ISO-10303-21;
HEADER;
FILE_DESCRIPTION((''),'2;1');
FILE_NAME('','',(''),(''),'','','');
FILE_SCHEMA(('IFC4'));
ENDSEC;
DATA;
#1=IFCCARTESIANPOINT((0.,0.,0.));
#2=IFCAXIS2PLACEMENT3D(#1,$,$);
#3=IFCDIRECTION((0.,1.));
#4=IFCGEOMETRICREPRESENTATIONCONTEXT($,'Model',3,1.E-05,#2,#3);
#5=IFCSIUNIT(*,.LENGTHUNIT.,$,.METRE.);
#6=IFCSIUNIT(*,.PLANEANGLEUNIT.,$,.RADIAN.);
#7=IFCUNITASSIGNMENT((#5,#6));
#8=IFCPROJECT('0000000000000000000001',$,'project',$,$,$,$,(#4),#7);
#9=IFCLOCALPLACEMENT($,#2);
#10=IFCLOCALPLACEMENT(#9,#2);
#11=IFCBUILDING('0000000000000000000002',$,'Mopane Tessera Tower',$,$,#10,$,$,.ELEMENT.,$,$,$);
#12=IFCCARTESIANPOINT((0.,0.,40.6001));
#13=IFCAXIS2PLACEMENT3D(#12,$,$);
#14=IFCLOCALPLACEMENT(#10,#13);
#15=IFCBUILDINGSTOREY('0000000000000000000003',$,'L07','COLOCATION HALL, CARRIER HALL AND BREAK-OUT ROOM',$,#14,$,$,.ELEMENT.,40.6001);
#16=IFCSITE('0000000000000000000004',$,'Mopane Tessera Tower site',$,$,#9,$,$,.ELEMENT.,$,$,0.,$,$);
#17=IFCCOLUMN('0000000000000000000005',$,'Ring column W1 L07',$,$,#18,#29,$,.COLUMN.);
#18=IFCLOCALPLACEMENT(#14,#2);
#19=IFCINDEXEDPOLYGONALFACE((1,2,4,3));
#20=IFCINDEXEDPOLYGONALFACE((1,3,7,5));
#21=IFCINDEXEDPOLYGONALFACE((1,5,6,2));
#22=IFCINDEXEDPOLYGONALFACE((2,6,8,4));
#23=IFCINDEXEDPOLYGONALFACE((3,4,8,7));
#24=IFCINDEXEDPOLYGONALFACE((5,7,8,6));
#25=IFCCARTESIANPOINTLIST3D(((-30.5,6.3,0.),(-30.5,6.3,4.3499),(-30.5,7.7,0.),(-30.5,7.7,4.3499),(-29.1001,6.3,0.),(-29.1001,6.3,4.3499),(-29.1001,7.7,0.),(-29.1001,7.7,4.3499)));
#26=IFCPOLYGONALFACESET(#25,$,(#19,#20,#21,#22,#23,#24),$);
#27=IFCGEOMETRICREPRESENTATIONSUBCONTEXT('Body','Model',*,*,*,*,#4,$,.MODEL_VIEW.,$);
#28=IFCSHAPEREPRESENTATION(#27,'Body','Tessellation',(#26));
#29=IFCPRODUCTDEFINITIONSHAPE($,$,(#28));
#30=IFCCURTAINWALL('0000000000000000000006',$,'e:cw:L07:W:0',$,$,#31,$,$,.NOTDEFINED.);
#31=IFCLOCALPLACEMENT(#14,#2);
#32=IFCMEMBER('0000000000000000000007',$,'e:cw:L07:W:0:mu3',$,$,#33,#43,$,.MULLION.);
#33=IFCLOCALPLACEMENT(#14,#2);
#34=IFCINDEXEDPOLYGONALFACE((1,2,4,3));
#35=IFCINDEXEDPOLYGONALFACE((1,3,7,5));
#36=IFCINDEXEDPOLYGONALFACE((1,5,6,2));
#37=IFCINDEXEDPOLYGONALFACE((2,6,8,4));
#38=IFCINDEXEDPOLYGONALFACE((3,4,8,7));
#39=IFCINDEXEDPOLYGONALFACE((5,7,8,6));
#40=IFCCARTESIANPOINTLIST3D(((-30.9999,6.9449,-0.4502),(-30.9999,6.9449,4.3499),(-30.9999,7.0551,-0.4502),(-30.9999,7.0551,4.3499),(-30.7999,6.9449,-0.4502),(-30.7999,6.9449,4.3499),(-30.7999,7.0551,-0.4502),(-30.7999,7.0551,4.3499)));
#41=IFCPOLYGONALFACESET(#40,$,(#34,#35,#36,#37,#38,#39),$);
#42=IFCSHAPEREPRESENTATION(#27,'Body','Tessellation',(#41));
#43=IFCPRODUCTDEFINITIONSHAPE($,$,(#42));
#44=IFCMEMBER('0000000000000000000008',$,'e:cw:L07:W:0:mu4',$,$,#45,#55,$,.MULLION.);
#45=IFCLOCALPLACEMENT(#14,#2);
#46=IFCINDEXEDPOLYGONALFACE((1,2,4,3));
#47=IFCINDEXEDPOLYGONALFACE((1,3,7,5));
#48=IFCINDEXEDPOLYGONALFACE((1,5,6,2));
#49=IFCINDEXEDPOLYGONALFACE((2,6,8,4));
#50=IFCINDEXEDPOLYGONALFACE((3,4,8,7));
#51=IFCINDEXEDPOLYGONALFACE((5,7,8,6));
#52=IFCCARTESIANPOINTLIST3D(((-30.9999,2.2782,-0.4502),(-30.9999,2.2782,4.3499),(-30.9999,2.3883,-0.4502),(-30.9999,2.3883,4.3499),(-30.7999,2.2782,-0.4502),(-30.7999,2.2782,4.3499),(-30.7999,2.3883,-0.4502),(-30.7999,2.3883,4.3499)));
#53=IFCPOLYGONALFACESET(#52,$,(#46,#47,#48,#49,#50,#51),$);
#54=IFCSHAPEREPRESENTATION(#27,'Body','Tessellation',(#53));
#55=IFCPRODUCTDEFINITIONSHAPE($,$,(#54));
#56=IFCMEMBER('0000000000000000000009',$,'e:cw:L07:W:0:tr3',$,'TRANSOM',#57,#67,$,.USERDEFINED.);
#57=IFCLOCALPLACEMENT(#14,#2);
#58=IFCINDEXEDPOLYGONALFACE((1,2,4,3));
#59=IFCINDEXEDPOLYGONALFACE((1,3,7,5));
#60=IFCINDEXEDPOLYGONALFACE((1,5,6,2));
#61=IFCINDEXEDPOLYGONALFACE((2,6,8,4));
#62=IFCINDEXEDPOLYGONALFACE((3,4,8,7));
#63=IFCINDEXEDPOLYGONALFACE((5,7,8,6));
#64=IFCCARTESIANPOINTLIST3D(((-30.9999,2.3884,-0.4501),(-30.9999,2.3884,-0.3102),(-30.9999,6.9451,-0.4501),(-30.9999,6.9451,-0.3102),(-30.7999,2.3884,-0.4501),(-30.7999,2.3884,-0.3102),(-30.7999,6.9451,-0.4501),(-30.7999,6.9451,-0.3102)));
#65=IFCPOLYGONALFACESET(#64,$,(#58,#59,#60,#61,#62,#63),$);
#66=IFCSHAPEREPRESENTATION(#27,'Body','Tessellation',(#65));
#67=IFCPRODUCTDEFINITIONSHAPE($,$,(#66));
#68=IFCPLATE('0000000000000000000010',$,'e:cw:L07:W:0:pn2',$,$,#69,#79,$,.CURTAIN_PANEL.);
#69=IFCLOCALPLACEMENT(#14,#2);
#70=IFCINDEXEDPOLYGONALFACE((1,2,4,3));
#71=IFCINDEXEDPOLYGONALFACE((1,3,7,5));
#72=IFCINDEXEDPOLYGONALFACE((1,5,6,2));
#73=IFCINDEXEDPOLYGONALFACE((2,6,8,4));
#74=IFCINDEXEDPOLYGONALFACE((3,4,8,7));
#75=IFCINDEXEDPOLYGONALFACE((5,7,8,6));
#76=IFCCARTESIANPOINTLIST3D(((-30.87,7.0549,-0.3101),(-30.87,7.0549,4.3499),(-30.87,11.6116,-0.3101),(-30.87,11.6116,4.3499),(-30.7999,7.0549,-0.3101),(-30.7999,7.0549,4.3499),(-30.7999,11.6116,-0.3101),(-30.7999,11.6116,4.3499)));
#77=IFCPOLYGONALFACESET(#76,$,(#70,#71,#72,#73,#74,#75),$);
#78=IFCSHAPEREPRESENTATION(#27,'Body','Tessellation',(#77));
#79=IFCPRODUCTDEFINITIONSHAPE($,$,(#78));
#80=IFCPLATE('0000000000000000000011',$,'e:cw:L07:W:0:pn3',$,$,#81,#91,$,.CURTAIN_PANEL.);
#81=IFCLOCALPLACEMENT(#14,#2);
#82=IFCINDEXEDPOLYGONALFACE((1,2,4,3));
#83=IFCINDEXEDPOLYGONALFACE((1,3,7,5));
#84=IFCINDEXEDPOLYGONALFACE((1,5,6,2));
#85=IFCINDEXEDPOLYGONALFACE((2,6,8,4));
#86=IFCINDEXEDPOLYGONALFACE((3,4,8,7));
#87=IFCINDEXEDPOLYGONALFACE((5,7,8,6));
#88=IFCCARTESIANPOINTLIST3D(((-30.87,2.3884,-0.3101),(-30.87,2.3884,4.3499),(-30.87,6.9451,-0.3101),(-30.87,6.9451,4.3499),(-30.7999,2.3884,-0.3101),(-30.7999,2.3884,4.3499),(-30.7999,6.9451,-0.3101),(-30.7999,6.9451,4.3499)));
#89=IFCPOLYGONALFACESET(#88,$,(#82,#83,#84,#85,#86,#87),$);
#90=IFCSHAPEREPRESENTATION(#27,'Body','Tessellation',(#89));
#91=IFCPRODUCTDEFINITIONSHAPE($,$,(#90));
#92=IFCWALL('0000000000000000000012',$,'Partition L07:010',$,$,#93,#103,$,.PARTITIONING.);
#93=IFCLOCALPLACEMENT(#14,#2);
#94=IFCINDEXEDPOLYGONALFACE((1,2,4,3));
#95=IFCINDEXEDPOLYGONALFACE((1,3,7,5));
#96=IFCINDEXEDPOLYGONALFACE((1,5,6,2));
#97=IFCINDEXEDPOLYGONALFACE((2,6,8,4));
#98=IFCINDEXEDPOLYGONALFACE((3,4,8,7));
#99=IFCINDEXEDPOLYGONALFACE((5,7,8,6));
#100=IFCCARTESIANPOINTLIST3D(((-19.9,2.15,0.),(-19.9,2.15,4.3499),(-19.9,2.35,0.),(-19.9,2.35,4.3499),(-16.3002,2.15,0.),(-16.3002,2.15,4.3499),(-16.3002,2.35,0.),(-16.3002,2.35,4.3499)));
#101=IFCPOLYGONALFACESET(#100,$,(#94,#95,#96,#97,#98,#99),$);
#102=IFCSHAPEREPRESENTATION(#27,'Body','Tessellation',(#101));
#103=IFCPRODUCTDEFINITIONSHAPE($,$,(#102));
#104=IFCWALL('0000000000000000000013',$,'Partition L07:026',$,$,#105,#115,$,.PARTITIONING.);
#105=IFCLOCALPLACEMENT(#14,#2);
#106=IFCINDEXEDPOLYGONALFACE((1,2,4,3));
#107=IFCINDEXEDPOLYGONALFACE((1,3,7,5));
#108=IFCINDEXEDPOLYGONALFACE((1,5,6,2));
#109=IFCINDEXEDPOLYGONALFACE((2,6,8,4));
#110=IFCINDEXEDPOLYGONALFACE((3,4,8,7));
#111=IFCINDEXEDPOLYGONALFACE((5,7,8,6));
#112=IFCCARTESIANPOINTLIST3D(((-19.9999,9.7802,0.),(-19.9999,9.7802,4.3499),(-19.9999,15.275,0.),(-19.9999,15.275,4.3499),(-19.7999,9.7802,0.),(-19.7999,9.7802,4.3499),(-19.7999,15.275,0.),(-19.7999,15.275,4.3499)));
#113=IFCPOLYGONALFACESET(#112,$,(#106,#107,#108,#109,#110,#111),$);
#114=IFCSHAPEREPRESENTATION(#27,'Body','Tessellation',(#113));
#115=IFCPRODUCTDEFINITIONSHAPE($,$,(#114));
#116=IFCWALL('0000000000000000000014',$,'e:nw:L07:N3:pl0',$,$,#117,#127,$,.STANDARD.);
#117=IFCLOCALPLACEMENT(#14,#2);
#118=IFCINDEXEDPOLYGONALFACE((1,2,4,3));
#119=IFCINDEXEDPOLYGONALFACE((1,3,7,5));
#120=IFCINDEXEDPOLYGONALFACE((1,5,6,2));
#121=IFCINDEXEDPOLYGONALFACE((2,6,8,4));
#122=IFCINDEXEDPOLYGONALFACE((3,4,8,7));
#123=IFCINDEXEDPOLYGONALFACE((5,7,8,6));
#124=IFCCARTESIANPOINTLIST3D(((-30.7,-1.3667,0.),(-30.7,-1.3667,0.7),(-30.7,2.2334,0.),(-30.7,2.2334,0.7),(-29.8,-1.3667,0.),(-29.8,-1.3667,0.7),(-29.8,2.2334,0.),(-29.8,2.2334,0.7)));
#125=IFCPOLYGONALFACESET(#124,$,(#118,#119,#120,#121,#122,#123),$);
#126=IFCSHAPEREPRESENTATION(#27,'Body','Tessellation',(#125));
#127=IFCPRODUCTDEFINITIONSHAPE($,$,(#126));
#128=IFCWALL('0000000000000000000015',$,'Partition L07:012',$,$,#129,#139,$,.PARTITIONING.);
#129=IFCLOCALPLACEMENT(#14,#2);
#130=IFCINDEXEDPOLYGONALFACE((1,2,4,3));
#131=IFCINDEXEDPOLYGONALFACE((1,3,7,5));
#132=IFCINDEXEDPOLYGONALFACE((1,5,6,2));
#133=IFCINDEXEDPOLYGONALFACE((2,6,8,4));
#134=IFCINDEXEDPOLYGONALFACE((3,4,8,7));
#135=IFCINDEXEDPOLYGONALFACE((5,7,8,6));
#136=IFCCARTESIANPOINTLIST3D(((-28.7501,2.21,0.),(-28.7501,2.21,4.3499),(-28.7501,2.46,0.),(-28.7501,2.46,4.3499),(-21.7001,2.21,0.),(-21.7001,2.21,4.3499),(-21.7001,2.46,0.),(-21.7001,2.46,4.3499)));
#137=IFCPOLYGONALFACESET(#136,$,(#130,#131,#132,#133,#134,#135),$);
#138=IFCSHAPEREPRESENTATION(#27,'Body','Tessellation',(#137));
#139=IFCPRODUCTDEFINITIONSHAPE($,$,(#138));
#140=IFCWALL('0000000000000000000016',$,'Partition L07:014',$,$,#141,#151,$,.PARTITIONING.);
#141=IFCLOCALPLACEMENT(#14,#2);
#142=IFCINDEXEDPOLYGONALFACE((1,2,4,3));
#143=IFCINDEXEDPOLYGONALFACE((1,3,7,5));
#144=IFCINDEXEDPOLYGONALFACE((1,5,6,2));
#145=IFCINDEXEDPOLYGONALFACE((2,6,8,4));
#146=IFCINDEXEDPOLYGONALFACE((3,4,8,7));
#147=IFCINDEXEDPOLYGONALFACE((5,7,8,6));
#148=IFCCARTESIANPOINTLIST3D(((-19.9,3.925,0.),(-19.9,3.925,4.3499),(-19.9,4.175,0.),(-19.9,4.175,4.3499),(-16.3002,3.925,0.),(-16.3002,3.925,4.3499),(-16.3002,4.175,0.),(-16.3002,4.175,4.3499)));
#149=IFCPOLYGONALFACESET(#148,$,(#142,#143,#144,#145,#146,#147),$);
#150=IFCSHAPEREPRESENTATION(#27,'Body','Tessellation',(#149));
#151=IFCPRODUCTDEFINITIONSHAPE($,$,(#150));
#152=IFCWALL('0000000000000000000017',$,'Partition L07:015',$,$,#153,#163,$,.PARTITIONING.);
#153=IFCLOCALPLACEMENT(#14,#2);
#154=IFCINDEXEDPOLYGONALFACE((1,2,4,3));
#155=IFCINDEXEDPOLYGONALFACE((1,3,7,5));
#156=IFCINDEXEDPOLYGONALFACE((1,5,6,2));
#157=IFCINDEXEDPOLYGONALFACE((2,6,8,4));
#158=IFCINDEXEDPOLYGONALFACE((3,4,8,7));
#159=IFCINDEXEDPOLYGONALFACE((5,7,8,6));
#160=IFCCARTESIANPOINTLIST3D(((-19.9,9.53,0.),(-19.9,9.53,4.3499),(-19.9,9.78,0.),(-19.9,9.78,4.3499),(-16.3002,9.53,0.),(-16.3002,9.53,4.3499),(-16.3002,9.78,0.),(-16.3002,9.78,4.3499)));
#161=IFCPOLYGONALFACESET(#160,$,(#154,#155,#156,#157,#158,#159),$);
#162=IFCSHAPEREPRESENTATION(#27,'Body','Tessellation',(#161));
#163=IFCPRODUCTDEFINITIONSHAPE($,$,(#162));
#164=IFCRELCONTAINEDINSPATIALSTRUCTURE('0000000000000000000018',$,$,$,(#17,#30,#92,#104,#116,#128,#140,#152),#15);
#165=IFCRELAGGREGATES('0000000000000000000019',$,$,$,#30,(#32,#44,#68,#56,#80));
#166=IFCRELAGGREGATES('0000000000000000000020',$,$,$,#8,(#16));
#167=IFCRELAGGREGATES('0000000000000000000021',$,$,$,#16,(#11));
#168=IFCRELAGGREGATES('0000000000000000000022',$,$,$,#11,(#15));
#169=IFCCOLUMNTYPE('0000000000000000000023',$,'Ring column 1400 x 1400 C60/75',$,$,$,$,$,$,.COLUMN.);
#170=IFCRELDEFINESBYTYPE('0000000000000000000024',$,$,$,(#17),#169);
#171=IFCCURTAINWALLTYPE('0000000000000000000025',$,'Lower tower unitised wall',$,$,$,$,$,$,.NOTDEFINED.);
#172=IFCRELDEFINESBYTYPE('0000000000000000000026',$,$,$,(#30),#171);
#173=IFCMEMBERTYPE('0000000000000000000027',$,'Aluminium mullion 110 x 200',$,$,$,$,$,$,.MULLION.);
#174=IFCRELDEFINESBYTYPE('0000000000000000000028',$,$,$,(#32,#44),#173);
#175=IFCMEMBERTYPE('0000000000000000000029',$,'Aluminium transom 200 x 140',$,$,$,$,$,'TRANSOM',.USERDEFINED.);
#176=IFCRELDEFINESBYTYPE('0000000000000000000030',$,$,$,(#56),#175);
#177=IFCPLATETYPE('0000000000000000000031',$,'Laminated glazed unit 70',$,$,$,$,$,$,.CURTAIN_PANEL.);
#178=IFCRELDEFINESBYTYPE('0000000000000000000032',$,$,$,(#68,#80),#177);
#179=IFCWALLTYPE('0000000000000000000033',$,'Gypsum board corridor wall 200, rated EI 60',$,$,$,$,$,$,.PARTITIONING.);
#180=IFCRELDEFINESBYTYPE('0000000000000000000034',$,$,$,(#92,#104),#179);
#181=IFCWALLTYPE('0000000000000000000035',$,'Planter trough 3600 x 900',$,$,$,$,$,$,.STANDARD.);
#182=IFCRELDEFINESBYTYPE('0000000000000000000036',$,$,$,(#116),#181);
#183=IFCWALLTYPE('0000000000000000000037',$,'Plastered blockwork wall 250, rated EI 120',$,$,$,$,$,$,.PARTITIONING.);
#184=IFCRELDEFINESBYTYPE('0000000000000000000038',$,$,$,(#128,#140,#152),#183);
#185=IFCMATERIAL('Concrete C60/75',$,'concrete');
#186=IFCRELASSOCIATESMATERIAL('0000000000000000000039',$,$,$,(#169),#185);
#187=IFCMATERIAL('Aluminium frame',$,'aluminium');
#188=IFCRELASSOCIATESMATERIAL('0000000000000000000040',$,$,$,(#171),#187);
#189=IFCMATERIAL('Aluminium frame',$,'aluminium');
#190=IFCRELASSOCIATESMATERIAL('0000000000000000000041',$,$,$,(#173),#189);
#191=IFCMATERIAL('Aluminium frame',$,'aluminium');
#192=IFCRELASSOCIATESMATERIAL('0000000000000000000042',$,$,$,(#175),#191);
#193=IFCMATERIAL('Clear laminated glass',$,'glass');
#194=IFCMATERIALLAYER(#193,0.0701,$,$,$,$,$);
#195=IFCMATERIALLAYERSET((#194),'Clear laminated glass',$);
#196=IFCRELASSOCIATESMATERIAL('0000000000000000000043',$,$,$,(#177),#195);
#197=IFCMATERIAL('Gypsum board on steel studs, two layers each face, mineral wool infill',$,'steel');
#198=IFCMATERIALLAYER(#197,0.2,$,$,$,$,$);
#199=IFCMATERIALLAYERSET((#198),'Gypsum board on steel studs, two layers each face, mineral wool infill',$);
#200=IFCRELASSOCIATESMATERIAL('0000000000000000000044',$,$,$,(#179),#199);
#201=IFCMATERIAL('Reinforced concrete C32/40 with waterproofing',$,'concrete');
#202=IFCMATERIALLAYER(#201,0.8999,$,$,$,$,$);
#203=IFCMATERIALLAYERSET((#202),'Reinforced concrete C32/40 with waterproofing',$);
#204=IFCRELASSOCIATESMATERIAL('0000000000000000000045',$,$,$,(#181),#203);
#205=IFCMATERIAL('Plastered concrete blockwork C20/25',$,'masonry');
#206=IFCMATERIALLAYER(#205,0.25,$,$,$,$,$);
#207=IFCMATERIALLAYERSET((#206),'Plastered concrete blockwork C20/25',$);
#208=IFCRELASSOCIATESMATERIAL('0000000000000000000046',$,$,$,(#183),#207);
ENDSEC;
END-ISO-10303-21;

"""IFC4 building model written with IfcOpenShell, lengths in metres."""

from ifc_helpers import new_model, si_unit, direction, frame, frame_2d, origin, origin_2d, place, context, subcontext, project, spatial, rectangle, extrude, material, layer, layer_set, material_profile, profile_set, type_object, element, aggregate, save


model = new_model("IFC4")

# Units and contexts
model_context = context("Model", 3, precision=1e-05, world=origin(), true_north=direction((0.0, 1.0)))
body_context = subcontext(model_context, "Body", "Model", "MODEL_VIEW")
ifc_project = project(units=[si_unit("LENGTHUNIT", "METRE"), si_unit("PLANEANGLEUNIT", "RADIAN")], contexts=[model_context])

# Site, building, storey
site_placement = place(None, origin())
site = spatial("IfcSite", under=ifc_project, at=site_placement, Name="Mopane Tessera Tower site", CompositionType="ELEMENT", RefElevation=0.0)
building_placement = place(site_placement, origin())
building = spatial("IfcBuilding", under=site, at=building_placement, Name="Mopane Tessera Tower", CompositionType="ELEMENT")
storey_placement = place(building_placement, frame((0.0, 0.0, 40.6001)))
storey = spatial("IfcBuildingStorey", under=building, at=storey_placement, Name="L07", Description="COLOCATION HALL, CARRIER HALL AND BREAK-OUT ROOM", CompositionType="ELEMENT", Elevation=40.6001)

# Column
ifc_material_1 = material(Name="Concrete C60/75", Category="concrete")
ifc_material_profile_1 = material_profile(ifc_material_1, rectangle(XDim=1.3999, YDim=1.3999, at=origin_2d()))
ifc_profile_set_1 = profile_set([ifc_material_profile_1], Name="Concrete C60/75")
column_type = type_object("IfcColumnType", Name="Ring column 1400 x 1400 C60/75", PredefinedType="COLUMN", material=ifc_profile_set_1)
column_placement = place(storey_placement, frame((-29.8, 7.0, 0.0), z_axis=(0.0, 0.0, 1.0), x_axis=(1.0, 0.0, 0.0)))
element("IfcColumn", 1, at=column_placement, inside=storey, type_object=column_type, Name="Ring column W1 L07", PredefinedType="COLUMN", context=body_context, shape_type="SweptSolid", body=[
    extrude(rectangle(XDim=1.3999, YDim=1.3999, at=origin_2d()), origin(), (0.0, 0.0, 1.0), 4.3499),
])

# Curtain wall, members, plates
ifc_material_2 = material(Name="Aluminium frame", Category="aluminium")
curtain_wall_type = type_object("IfcCurtainWallType", Name="Lower tower unitised wall", PredefinedType="NOTDEFINED", material=ifc_material_2)
curtain_wall_placement = place(storey_placement, origin())
curtain_wall = element("IfcCurtainWall", 2, at=curtain_wall_placement, inside=storey, type_object=curtain_wall_type, Name="e:cw:L07:W:0", PredefinedType="NOTDEFINED")
ifc_material_3 = material(Name="Aluminium frame", Category="aluminium")
ifc_material_profile_2 = material_profile(ifc_material_3, rectangle(XDim=0.1101, YDim=0.2, at=origin_2d()))
ifc_profile_set_2 = profile_set([ifc_material_profile_2], Name="Aluminium frame")
member_type_1 = type_object("IfcMemberType", Name="Aluminium mullion 110 x 200", PredefinedType="MULLION", material=ifc_profile_set_2)
member_1_placement = place(storey_placement, frame((-30.8999, 7.0, -0.4502), z_axis=(0.0, 0.0, 1.0), x_axis=(0.0, -1.0, 0.0)))
member_1 = element("IfcMember", 3, at=member_1_placement, type_object=member_type_1, Name="e:cw:L07:W:0:mu3", PredefinedType="MULLION", context=body_context, shape_type="SweptSolid", body=[
    extrude(rectangle(XDim=0.1101, YDim=0.2, at=origin_2d()), origin(), (0.0, 0.0, 1.0), 4.8),
])
member_2_placement = place(storey_placement, frame((-30.8999, 2.3333, -0.4502), z_axis=(0.0, 0.0, 1.0), x_axis=(0.0, -1.0, 0.0)))
member_2 = element("IfcMember", 4, at=member_2_placement, type_object=member_type_1, Name="e:cw:L07:W:0:mu4", PredefinedType="MULLION", context=body_context, shape_type="SweptSolid", body=[
    extrude(rectangle(XDim=0.1101, YDim=0.2, at=origin_2d()), origin(), (0.0, 0.0, 1.0), 4.8),
])
ifc_material_4 = material(Name="Aluminium frame", Category="aluminium")
ifc_material_profile_3 = material_profile(ifc_material_4, rectangle(XDim=0.2, YDim=0.1399, at=origin_2d()))
ifc_profile_set_3 = profile_set([ifc_material_profile_3], Name="Aluminium frame")
member_type_2 = type_object("IfcMemberType", Name="Aluminium transom 200 x 140", ElementType="TRANSOM", PredefinedType="USERDEFINED", material=ifc_profile_set_3)
member_3_placement = place(storey_placement, frame((-30.8999, 6.9451, -0.3801), z_axis=(0.0, -1.0, 0.0), x_axis=(1.0, 0.0, 0.0)))
member_3 = element("IfcMember", 5, at=member_3_placement, type_object=member_type_2, Name="e:cw:L07:W:0:tr3", ObjectType="TRANSOM", PredefinedType="USERDEFINED", context=body_context, shape_type="SweptSolid", body=[
    extrude(rectangle(XDim=0.2, YDim=0.1399, at=origin_2d()), origin(), (0.0, 0.0, 1.0), 4.5566),
])
ifc_material_5 = material(Name="Clear laminated glass", Category="glass")
ifc_layer_1 = layer(ifc_material_5, 0.0701)
ifc_layer_set_1 = layer_set([ifc_layer_1], Name="Clear laminated glass")
plate_type = type_object("IfcPlateType", Name="Laminated glazed unit 70", PredefinedType="CURTAIN_PANEL", material=ifc_layer_set_1)
plate_1_placement = place(storey_placement, frame((-30.835, 9.3333, -0.3101), z_axis=(0.0, 0.0, 1.0), x_axis=(0.0, -1.0, 0.0)))
plate_1 = element("IfcPlate", 6, at=plate_1_placement, type_object=plate_type, Name="e:cw:L07:W:0:pn2", PredefinedType="CURTAIN_PANEL", context=body_context, shape_type="SweptSolid", body=[
    extrude(rectangle(XDim=4.5566, YDim=0.0701, at=origin_2d()), origin(), (0.0, 0.0, 1.0), 4.6599),
])
plate_2_placement = place(storey_placement, frame((-30.835, 4.6667, -0.3101), z_axis=(0.0, 0.0, 1.0), x_axis=(0.0, -1.0, 0.0)))
plate_2 = element("IfcPlate", 7, at=plate_2_placement, type_object=plate_type, Name="e:cw:L07:W:0:pn3", PredefinedType="CURTAIN_PANEL", context=body_context, shape_type="SweptSolid", body=[
    extrude(rectangle(XDim=4.5566, YDim=0.0701, at=origin_2d()), origin(), (0.0, 0.0, 1.0), 4.6599),
])
aggregate(curtain_wall, [member_1, member_2, plate_1, member_3, plate_2])

# Walls
ifc_material_6 = material(Name="Gypsum board on steel studs, two layers each face, mineral wool infill", Category="steel")
ifc_layer_2 = layer(ifc_material_6, 0.2)
ifc_layer_set_2 = layer_set([ifc_layer_2], Name="Gypsum board on steel studs, two layers each face, mineral wool infill")
wall_type_1 = type_object("IfcWallType", Name="Gypsum board corridor wall 200, rated EI 60", PredefinedType="PARTITIONING", material=ifc_layer_set_2)
wall_1_placement = place(storey_placement, frame((-19.8999, 2.25, 0.0), z_axis=(0.0, 0.0, 1.0), x_axis=(1.0, 0.0, 0.0)))
element("IfcWall", 8, at=wall_1_placement, inside=storey, type_object=wall_type_1, Name="Partition L07:010", PredefinedType="PARTITIONING", context=body_context, shape_type="SweptSolid", body=[
    extrude(rectangle(XDim=3.5999, YDim=0.2, at=frame_2d((1.7998, 0.0))), origin(), (0.0, 0.0, 1.0), 4.3499),
])
wall_2_placement = place(storey_placement, frame((-19.8999, 9.78, 0.0), z_axis=(0.0, 0.0, 1.0), x_axis=(0.0, 1.0, 0.0)))
element("IfcWall", 9, at=wall_2_placement, inside=storey, type_object=wall_type_1, Name="Partition L07:026", PredefinedType="PARTITIONING", context=body_context, shape_type="SweptSolid", body=[
    extrude(rectangle(XDim=5.4949, YDim=0.2, at=frame_2d((2.7476, 0.0))), origin(), (0.0, 0.0, 1.0), 4.3499),
])
ifc_material_7 = material(Name="Reinforced concrete C32/40 with waterproofing", Category="concrete")
ifc_layer_3 = layer(ifc_material_7, 0.8999)
ifc_layer_set_3 = layer_set([ifc_layer_3], Name="Reinforced concrete C32/40 with waterproofing")
wall_type_2 = type_object("IfcWallType", Name="Planter trough 3600 x 900", PredefinedType="STANDARD", material=ifc_layer_set_3)
wall_3_placement = place(storey_placement, frame((-30.25, 2.2334, 0.0), z_axis=(0.0, 0.0, 1.0), x_axis=(0.0, -1.0, 0.0)))
element("IfcWall", 10, at=wall_3_placement, inside=storey, type_object=wall_type_2, Name="e:nw:L07:N3:pl0", PredefinedType="STANDARD", context=body_context, shape_type="SweptSolid", body=[
    extrude(rectangle(XDim=3.6001, YDim=0.8999, at=frame_2d((1.8, 0.0))), origin(), (0.0, 0.0, 1.0), 0.7),
])
ifc_material_8 = material(Name="Plastered concrete blockwork C20/25", Category="masonry")
ifc_layer_4 = layer(ifc_material_8, 0.25)
ifc_layer_set_4 = layer_set([ifc_layer_4], Name="Plastered concrete blockwork C20/25")
wall_type_3 = type_object("IfcWallType", Name="Plastered blockwork wall 250, rated EI 120", PredefinedType="PARTITIONING", material=ifc_layer_set_4)
wall_4_placement = place(storey_placement, frame((-28.75, 2.335, 0.0), z_axis=(0.0, 0.0, 1.0), x_axis=(1.0, 0.0, 0.0)))
element("IfcWall", 11, at=wall_4_placement, inside=storey, type_object=wall_type_3, Name="Partition L07:012", PredefinedType="PARTITIONING", context=body_context, shape_type="SweptSolid", body=[
    extrude(rectangle(XDim=7.05, YDim=0.25, at=frame_2d((3.5249, 0.0))), origin(), (0.0, 0.0, 1.0), 4.3499),
])
for number, where, z_axis, x_axis, name in (
    (12, (-19.8999, 4.05, 0.0), (0.0, 0.0, 1.0), (1.0, 0.0, 0.0), "Partition L07:014"),
    (13, (-19.8999, 9.655, 0.0), (0.0, 0.0, 1.0), (1.0, 0.0, 0.0), "Partition L07:015"),
):
    element("IfcWall", number, at=place(storey_placement, frame(where, z_axis=z_axis, x_axis=x_axis)), inside=storey, type_object=wall_type_3, Name=name, PredefinedType="PARTITIONING", context=body_context, shape_type="SweptSolid", body=[
        extrude(rectangle(XDim=3.5999, YDim=0.25, at=frame_2d((1.7998, 0.0))), origin(), (0.0, 0.0, 1.0), 4.3499),
    ])

save(model, "model.ifc")
